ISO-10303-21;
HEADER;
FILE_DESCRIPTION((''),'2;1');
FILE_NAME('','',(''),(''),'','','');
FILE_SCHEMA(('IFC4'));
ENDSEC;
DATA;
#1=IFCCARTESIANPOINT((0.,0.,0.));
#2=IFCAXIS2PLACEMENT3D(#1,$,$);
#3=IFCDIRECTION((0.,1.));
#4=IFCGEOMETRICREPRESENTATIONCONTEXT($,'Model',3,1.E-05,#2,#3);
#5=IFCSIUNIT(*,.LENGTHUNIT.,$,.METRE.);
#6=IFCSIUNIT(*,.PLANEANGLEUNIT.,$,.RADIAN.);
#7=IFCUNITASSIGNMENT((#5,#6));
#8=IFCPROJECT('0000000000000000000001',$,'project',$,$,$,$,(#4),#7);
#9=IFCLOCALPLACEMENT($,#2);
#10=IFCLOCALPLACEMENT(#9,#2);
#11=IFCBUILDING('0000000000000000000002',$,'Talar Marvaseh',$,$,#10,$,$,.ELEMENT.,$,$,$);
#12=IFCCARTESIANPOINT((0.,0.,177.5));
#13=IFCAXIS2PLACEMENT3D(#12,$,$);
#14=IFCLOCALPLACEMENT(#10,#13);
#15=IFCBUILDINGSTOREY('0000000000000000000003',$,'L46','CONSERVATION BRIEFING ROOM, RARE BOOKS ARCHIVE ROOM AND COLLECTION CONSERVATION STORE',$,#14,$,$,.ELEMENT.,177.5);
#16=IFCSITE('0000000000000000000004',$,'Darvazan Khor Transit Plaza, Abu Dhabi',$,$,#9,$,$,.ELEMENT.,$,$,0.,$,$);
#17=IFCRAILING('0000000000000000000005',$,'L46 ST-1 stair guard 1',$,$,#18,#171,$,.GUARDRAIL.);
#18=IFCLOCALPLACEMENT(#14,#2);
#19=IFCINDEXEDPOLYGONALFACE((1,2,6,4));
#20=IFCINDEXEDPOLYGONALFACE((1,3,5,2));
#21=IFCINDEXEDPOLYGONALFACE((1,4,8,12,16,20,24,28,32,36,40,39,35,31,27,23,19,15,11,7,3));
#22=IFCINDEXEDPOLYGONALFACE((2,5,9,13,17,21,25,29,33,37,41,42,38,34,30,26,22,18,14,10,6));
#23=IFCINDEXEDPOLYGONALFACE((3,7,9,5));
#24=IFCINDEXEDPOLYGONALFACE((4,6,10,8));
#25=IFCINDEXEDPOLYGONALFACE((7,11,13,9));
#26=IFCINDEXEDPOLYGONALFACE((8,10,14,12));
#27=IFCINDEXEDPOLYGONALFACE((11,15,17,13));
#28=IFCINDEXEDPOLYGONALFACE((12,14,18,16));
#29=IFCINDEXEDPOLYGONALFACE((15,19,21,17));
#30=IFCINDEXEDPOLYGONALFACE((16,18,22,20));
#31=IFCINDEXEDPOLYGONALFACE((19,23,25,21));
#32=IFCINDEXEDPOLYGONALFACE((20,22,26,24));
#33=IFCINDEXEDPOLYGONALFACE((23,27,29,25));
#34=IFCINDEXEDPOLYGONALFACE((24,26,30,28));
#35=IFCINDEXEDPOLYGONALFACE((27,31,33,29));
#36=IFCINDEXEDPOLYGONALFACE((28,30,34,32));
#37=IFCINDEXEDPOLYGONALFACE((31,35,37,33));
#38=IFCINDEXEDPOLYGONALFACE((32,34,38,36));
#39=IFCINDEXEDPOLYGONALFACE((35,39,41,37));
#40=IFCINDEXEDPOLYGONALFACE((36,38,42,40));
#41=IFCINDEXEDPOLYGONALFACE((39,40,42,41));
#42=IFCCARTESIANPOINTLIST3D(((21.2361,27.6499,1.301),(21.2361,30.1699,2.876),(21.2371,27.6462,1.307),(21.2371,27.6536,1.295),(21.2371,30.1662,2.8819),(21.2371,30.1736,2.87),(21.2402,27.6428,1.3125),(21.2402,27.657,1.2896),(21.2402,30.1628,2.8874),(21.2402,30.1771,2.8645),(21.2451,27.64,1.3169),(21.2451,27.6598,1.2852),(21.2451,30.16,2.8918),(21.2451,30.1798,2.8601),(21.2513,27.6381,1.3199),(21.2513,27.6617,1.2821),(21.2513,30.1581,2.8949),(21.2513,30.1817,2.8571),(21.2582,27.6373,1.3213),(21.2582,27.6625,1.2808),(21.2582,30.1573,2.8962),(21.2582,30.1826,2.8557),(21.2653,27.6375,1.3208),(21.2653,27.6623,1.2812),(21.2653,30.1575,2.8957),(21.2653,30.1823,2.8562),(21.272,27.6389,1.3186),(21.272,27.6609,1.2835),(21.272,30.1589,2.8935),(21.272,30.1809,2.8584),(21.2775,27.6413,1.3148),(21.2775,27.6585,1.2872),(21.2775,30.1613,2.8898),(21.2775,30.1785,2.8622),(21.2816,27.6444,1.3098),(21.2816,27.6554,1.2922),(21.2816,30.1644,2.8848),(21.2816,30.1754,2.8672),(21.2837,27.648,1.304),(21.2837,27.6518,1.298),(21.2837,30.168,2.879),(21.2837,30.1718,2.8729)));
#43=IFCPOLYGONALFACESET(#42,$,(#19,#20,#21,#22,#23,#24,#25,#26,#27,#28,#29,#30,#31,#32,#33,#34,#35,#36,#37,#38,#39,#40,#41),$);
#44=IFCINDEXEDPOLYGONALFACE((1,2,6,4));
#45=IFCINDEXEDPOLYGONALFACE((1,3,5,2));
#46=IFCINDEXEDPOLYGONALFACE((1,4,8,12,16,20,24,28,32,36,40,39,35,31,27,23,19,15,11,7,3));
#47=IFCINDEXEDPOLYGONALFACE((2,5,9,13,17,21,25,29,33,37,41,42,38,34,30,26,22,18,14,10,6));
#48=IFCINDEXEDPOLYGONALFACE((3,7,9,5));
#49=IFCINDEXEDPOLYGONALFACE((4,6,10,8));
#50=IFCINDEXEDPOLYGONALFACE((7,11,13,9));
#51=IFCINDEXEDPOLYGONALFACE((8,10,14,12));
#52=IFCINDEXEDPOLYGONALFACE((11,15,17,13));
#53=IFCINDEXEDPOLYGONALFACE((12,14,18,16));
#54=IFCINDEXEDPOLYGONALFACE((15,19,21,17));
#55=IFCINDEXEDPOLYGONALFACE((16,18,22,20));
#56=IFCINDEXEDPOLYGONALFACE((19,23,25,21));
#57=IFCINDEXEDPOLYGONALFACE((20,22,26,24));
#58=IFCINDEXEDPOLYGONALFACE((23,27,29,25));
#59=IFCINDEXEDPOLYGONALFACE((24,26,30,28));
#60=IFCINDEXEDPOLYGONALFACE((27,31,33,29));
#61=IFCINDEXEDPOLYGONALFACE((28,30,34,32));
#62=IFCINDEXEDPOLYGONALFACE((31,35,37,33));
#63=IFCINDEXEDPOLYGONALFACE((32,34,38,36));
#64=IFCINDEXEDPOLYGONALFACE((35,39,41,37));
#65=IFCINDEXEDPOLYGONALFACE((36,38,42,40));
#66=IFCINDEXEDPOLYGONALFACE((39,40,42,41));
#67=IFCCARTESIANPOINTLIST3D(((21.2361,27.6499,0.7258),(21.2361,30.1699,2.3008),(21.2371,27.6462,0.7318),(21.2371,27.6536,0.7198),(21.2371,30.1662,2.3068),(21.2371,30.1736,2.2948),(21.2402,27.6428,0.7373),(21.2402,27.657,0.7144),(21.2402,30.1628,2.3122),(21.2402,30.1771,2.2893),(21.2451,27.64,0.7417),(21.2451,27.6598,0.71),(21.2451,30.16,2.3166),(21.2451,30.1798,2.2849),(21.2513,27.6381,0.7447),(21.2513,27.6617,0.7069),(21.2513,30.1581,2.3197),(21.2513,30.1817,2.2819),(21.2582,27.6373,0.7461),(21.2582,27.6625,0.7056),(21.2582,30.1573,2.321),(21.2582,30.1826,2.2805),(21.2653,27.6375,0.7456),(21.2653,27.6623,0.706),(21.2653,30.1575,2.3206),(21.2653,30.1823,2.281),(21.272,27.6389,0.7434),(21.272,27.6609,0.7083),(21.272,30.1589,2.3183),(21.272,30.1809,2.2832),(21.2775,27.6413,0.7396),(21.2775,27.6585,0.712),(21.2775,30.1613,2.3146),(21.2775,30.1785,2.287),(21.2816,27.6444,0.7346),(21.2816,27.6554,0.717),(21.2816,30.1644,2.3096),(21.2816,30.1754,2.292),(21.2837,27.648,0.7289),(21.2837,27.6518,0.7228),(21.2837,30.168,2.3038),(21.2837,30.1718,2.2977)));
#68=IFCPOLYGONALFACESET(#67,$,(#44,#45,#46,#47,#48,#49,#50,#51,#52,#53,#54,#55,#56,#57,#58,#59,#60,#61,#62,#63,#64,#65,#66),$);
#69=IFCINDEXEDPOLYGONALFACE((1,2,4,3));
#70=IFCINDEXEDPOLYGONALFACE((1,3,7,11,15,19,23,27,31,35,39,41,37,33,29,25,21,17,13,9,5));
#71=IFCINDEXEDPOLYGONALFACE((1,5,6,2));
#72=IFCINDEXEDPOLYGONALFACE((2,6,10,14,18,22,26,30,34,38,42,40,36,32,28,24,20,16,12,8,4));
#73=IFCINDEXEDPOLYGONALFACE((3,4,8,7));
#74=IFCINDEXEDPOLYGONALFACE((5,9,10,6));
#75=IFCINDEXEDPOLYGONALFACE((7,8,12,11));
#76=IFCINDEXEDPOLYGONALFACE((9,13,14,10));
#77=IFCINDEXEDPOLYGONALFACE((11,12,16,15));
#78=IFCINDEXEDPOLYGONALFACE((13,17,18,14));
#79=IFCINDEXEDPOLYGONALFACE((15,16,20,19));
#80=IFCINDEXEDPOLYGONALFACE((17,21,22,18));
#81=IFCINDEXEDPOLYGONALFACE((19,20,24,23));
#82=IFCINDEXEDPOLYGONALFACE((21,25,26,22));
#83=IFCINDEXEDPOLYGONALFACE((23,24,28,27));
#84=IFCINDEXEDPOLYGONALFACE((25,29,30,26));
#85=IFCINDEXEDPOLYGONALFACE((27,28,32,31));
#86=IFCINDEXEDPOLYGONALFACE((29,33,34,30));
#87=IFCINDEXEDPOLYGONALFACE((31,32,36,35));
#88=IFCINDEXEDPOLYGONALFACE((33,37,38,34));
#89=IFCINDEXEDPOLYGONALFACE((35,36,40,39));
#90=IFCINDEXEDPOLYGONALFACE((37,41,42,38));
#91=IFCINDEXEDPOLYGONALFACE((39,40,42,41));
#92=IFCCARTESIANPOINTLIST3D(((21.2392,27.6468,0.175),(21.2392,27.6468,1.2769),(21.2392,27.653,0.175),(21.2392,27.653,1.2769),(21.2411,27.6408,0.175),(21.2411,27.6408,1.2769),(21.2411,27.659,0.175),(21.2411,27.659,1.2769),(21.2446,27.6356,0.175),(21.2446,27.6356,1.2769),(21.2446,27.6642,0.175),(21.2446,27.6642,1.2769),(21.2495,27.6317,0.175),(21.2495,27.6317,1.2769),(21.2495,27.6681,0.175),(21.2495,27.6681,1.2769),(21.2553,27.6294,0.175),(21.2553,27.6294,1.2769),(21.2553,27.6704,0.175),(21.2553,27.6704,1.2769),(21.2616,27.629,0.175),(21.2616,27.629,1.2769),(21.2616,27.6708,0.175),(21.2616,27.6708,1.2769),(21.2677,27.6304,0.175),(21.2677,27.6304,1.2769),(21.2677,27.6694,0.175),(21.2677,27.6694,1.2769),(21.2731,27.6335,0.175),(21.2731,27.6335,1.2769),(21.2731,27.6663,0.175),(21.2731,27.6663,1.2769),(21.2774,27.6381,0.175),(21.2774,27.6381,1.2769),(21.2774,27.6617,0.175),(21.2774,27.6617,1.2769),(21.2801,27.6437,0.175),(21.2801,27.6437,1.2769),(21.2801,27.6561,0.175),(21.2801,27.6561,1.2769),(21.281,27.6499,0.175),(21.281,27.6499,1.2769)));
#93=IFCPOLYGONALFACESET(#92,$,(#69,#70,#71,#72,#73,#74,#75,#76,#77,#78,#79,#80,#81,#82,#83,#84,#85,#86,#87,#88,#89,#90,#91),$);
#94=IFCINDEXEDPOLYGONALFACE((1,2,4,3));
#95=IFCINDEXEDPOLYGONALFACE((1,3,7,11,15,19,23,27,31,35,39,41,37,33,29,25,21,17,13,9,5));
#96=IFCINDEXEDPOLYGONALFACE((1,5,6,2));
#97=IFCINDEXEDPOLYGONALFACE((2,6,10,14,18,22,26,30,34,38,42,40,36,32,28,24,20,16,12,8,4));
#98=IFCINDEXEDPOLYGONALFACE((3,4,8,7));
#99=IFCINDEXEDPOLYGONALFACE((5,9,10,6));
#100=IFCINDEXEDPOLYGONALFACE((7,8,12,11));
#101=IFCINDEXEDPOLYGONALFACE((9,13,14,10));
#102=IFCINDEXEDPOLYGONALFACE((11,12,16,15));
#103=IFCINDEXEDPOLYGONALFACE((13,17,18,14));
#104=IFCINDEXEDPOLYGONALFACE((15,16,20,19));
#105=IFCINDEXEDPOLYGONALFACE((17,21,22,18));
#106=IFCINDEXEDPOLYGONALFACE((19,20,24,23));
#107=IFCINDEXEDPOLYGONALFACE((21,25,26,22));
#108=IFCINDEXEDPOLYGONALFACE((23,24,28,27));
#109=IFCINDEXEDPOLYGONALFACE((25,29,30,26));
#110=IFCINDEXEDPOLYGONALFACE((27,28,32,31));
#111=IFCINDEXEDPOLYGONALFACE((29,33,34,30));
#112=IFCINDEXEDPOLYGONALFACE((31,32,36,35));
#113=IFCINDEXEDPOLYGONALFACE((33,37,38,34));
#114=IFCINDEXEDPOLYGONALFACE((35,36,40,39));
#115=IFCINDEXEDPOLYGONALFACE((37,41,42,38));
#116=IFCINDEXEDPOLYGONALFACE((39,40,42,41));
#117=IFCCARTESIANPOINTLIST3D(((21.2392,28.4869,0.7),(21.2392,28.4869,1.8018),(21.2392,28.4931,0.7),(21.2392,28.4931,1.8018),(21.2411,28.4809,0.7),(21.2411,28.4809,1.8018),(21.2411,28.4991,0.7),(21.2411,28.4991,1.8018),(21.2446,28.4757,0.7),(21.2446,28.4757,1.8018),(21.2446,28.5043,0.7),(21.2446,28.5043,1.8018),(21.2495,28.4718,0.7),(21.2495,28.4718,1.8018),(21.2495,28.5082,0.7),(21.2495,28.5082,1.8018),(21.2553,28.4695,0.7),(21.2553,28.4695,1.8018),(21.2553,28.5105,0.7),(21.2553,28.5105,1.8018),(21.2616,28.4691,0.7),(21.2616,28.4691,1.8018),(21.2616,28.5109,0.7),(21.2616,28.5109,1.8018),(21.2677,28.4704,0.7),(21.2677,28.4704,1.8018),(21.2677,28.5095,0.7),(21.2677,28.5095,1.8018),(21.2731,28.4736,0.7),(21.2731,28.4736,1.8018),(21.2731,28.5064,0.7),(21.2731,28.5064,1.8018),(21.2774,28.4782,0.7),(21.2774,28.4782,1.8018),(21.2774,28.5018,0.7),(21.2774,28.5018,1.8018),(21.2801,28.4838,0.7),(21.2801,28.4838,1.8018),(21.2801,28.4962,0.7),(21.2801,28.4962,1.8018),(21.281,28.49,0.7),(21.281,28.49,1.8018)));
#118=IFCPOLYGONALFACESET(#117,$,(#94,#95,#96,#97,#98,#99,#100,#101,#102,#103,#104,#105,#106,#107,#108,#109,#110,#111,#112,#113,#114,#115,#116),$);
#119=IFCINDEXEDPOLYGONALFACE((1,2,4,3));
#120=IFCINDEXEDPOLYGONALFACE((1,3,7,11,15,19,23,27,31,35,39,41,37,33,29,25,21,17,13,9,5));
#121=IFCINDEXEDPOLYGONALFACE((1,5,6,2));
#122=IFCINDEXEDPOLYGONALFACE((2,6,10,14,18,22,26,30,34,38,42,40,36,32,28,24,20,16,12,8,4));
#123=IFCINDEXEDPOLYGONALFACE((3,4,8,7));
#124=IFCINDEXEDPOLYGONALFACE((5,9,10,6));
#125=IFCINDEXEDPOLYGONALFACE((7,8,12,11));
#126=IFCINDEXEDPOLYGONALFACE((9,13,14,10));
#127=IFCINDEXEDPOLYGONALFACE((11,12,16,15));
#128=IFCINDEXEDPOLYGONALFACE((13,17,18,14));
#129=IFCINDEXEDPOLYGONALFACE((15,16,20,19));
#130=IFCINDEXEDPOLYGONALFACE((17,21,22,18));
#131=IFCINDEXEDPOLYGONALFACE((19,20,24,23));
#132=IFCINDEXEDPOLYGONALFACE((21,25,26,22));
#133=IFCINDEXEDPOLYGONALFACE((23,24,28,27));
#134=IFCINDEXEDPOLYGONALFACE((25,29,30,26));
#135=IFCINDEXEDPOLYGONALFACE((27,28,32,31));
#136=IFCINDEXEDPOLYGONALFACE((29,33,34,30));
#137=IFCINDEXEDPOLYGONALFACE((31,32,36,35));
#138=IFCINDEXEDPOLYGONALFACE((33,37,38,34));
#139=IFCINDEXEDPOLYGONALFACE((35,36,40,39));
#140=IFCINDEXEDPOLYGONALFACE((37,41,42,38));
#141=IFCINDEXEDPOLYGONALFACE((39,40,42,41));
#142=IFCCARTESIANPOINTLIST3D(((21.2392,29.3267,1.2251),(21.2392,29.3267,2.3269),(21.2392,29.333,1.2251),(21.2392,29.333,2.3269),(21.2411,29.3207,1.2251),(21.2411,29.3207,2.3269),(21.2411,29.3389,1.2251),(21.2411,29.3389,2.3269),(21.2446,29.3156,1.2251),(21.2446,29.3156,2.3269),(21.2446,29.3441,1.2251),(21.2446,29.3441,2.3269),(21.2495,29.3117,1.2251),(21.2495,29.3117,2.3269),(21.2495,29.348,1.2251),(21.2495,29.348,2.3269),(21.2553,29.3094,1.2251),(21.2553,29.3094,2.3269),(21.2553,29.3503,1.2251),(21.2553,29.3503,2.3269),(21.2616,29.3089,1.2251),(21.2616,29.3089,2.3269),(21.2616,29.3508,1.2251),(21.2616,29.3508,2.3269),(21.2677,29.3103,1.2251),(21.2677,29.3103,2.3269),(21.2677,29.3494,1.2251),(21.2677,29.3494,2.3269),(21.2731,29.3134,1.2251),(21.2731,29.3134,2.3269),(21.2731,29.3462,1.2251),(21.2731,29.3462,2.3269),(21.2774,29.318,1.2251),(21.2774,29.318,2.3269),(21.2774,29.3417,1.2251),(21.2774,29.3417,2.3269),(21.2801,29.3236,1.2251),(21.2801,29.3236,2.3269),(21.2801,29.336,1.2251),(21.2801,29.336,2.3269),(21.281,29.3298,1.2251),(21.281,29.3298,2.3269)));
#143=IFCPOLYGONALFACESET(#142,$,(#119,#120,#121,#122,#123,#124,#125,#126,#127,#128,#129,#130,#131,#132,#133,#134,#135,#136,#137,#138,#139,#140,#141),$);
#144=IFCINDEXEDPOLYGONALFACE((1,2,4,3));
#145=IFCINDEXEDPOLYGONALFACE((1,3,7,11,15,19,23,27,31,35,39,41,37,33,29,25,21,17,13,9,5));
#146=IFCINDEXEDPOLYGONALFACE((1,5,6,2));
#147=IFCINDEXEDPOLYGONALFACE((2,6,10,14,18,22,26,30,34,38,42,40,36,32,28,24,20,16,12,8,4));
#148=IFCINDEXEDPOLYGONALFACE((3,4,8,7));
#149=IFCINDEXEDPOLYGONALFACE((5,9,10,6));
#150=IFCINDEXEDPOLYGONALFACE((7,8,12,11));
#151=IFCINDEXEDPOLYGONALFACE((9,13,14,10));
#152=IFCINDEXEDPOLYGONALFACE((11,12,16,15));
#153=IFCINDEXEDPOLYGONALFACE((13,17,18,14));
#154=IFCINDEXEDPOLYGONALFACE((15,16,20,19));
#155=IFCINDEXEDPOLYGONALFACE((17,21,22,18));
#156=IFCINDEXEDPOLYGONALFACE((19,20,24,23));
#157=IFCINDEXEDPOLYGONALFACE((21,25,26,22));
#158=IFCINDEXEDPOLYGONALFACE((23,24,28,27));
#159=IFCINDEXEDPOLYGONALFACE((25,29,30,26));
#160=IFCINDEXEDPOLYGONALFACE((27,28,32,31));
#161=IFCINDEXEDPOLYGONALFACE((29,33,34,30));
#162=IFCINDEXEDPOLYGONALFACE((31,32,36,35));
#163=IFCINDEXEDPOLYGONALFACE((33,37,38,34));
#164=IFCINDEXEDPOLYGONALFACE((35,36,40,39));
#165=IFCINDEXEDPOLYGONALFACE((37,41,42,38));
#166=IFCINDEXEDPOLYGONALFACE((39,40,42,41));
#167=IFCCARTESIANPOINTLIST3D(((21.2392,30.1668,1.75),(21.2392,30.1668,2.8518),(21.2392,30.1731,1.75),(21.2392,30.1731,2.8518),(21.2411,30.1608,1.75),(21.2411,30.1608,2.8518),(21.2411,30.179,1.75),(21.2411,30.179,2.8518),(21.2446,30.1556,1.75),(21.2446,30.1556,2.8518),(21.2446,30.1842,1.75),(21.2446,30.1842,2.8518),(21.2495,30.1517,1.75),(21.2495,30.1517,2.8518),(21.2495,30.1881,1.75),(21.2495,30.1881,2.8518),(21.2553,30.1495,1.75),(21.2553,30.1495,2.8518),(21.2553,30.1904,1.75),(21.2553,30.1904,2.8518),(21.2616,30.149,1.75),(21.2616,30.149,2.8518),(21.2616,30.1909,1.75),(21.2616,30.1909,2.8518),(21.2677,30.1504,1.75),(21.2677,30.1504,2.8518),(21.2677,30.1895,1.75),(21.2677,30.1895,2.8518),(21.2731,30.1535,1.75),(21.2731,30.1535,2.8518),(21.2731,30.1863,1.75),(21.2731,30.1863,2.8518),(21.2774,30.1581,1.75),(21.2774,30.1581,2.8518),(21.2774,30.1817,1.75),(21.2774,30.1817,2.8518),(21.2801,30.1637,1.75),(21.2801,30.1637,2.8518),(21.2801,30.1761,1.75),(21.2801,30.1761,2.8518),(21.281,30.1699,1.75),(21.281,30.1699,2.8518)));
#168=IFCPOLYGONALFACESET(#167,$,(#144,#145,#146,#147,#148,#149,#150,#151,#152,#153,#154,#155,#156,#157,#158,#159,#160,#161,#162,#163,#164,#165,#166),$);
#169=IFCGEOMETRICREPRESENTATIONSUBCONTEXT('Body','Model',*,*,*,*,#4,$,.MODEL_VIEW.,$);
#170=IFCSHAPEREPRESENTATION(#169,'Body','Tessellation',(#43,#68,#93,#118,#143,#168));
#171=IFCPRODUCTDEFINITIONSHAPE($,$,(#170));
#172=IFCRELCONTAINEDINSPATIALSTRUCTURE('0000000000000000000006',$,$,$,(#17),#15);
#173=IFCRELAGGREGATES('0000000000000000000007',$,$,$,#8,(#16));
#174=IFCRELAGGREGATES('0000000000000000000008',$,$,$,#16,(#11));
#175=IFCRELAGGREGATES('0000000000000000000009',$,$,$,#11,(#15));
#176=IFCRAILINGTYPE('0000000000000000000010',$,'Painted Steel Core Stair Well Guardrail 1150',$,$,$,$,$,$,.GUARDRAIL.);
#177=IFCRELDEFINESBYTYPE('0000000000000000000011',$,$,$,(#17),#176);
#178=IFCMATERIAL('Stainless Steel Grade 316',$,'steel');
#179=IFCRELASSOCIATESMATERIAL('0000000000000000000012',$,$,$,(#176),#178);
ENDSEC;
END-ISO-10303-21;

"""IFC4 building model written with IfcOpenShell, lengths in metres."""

from ifc_helpers import new_model, si_unit, direction, frame, origin, origin_2d, place, context, subcontext, project, spatial, circle, extrude, material, type_object, element, save


model = new_model("IFC4")

# Units and contexts
model_context = context("Model", 3, precision=1e-05, world=origin(), true_north=direction((0.0, 1.0)))
body_context = subcontext(model_context, "Body", "Model", "MODEL_VIEW")
ifc_project = project(units=[si_unit("LENGTHUNIT", "METRE"), si_unit("PLANEANGLEUNIT", "RADIAN")], contexts=[model_context])

# Site, building, storey
site_placement = place(None, origin())
site = spatial("IfcSite", under=ifc_project, at=site_placement, Name="Darvazan Khor Transit Plaza, Abu Dhabi", CompositionType="ELEMENT", RefElevation=0.0)
building_placement = place(site_placement, origin())
building = spatial("IfcBuilding", under=site, at=building_placement, Name="Talar Marvaseh", CompositionType="ELEMENT")
storey_placement = place(building_placement, frame((0.0, 0.0, 177.5)))
storey = spatial("IfcBuildingStorey", under=building, at=storey_placement, Name="L46", Description="CONSERVATION BRIEFING ROOM, RARE BOOKS ARCHIVE ROOM AND COLLECTION CONSERVATION STORE", CompositionType="ELEMENT", Elevation=177.5)

# Railing
ifc_material_1 = material(Name="Stainless Steel Grade 316", Category="steel")
railing_type_1 = type_object("IfcRailingType", Name="Painted Steel Core Stair Well Guardrail 1150", PredefinedType="GUARDRAIL", material=ifc_material_1)
railing_1_placement = place(storey_placement, frame((21.26, 27.6499, 0.175)))
element("IfcRailing", 1, at=railing_1_placement, inside=storey, type_object=railing_type_1, Name="L46 ST-1 stair guard 1", PredefinedType="GUARDRAIL", context=body_context, shape_type="SweptSolid", body=[
    extrude(circle(Radius=0.0239, at=origin_2d()), frame((0.0, 0.0, 1.126), z_axis=(0.0, 0.848008, 0.529984), x_axis=(-1.0, 0.0, 0.0)), (0.0, 0.0, 1.0), 2.9717),
    extrude(circle(Radius=0.0239, at=origin_2d()), frame((0.0, 0.0, 0.5508), z_axis=(0.0, 0.848008, 0.529984), x_axis=(-1.0, 0.0, 0.0)), (0.0, 0.0, 1.0), 2.9717),
    extrude(circle(Radius=0.021, at=origin_2d()), origin(), (0.0, 0.0, 1.0), 1.1018),
    extrude(circle(Radius=0.021, at=origin_2d()), frame((0.0, 0.8401, 0.5249)), (0.0, 0.0, 1.0), 1.1018),
    extrude(circle(Radius=0.021, at=origin_2d()), frame((0.0, 1.6799, 1.05)), (0.0, 0.0, 1.0), 1.1018),
    extrude(circle(Radius=0.021, at=origin_2d()), frame((0.0, 2.52, 1.575)), (0.0, 0.0, 1.0), 1.1018),
])

save(model, "model.ifc")
